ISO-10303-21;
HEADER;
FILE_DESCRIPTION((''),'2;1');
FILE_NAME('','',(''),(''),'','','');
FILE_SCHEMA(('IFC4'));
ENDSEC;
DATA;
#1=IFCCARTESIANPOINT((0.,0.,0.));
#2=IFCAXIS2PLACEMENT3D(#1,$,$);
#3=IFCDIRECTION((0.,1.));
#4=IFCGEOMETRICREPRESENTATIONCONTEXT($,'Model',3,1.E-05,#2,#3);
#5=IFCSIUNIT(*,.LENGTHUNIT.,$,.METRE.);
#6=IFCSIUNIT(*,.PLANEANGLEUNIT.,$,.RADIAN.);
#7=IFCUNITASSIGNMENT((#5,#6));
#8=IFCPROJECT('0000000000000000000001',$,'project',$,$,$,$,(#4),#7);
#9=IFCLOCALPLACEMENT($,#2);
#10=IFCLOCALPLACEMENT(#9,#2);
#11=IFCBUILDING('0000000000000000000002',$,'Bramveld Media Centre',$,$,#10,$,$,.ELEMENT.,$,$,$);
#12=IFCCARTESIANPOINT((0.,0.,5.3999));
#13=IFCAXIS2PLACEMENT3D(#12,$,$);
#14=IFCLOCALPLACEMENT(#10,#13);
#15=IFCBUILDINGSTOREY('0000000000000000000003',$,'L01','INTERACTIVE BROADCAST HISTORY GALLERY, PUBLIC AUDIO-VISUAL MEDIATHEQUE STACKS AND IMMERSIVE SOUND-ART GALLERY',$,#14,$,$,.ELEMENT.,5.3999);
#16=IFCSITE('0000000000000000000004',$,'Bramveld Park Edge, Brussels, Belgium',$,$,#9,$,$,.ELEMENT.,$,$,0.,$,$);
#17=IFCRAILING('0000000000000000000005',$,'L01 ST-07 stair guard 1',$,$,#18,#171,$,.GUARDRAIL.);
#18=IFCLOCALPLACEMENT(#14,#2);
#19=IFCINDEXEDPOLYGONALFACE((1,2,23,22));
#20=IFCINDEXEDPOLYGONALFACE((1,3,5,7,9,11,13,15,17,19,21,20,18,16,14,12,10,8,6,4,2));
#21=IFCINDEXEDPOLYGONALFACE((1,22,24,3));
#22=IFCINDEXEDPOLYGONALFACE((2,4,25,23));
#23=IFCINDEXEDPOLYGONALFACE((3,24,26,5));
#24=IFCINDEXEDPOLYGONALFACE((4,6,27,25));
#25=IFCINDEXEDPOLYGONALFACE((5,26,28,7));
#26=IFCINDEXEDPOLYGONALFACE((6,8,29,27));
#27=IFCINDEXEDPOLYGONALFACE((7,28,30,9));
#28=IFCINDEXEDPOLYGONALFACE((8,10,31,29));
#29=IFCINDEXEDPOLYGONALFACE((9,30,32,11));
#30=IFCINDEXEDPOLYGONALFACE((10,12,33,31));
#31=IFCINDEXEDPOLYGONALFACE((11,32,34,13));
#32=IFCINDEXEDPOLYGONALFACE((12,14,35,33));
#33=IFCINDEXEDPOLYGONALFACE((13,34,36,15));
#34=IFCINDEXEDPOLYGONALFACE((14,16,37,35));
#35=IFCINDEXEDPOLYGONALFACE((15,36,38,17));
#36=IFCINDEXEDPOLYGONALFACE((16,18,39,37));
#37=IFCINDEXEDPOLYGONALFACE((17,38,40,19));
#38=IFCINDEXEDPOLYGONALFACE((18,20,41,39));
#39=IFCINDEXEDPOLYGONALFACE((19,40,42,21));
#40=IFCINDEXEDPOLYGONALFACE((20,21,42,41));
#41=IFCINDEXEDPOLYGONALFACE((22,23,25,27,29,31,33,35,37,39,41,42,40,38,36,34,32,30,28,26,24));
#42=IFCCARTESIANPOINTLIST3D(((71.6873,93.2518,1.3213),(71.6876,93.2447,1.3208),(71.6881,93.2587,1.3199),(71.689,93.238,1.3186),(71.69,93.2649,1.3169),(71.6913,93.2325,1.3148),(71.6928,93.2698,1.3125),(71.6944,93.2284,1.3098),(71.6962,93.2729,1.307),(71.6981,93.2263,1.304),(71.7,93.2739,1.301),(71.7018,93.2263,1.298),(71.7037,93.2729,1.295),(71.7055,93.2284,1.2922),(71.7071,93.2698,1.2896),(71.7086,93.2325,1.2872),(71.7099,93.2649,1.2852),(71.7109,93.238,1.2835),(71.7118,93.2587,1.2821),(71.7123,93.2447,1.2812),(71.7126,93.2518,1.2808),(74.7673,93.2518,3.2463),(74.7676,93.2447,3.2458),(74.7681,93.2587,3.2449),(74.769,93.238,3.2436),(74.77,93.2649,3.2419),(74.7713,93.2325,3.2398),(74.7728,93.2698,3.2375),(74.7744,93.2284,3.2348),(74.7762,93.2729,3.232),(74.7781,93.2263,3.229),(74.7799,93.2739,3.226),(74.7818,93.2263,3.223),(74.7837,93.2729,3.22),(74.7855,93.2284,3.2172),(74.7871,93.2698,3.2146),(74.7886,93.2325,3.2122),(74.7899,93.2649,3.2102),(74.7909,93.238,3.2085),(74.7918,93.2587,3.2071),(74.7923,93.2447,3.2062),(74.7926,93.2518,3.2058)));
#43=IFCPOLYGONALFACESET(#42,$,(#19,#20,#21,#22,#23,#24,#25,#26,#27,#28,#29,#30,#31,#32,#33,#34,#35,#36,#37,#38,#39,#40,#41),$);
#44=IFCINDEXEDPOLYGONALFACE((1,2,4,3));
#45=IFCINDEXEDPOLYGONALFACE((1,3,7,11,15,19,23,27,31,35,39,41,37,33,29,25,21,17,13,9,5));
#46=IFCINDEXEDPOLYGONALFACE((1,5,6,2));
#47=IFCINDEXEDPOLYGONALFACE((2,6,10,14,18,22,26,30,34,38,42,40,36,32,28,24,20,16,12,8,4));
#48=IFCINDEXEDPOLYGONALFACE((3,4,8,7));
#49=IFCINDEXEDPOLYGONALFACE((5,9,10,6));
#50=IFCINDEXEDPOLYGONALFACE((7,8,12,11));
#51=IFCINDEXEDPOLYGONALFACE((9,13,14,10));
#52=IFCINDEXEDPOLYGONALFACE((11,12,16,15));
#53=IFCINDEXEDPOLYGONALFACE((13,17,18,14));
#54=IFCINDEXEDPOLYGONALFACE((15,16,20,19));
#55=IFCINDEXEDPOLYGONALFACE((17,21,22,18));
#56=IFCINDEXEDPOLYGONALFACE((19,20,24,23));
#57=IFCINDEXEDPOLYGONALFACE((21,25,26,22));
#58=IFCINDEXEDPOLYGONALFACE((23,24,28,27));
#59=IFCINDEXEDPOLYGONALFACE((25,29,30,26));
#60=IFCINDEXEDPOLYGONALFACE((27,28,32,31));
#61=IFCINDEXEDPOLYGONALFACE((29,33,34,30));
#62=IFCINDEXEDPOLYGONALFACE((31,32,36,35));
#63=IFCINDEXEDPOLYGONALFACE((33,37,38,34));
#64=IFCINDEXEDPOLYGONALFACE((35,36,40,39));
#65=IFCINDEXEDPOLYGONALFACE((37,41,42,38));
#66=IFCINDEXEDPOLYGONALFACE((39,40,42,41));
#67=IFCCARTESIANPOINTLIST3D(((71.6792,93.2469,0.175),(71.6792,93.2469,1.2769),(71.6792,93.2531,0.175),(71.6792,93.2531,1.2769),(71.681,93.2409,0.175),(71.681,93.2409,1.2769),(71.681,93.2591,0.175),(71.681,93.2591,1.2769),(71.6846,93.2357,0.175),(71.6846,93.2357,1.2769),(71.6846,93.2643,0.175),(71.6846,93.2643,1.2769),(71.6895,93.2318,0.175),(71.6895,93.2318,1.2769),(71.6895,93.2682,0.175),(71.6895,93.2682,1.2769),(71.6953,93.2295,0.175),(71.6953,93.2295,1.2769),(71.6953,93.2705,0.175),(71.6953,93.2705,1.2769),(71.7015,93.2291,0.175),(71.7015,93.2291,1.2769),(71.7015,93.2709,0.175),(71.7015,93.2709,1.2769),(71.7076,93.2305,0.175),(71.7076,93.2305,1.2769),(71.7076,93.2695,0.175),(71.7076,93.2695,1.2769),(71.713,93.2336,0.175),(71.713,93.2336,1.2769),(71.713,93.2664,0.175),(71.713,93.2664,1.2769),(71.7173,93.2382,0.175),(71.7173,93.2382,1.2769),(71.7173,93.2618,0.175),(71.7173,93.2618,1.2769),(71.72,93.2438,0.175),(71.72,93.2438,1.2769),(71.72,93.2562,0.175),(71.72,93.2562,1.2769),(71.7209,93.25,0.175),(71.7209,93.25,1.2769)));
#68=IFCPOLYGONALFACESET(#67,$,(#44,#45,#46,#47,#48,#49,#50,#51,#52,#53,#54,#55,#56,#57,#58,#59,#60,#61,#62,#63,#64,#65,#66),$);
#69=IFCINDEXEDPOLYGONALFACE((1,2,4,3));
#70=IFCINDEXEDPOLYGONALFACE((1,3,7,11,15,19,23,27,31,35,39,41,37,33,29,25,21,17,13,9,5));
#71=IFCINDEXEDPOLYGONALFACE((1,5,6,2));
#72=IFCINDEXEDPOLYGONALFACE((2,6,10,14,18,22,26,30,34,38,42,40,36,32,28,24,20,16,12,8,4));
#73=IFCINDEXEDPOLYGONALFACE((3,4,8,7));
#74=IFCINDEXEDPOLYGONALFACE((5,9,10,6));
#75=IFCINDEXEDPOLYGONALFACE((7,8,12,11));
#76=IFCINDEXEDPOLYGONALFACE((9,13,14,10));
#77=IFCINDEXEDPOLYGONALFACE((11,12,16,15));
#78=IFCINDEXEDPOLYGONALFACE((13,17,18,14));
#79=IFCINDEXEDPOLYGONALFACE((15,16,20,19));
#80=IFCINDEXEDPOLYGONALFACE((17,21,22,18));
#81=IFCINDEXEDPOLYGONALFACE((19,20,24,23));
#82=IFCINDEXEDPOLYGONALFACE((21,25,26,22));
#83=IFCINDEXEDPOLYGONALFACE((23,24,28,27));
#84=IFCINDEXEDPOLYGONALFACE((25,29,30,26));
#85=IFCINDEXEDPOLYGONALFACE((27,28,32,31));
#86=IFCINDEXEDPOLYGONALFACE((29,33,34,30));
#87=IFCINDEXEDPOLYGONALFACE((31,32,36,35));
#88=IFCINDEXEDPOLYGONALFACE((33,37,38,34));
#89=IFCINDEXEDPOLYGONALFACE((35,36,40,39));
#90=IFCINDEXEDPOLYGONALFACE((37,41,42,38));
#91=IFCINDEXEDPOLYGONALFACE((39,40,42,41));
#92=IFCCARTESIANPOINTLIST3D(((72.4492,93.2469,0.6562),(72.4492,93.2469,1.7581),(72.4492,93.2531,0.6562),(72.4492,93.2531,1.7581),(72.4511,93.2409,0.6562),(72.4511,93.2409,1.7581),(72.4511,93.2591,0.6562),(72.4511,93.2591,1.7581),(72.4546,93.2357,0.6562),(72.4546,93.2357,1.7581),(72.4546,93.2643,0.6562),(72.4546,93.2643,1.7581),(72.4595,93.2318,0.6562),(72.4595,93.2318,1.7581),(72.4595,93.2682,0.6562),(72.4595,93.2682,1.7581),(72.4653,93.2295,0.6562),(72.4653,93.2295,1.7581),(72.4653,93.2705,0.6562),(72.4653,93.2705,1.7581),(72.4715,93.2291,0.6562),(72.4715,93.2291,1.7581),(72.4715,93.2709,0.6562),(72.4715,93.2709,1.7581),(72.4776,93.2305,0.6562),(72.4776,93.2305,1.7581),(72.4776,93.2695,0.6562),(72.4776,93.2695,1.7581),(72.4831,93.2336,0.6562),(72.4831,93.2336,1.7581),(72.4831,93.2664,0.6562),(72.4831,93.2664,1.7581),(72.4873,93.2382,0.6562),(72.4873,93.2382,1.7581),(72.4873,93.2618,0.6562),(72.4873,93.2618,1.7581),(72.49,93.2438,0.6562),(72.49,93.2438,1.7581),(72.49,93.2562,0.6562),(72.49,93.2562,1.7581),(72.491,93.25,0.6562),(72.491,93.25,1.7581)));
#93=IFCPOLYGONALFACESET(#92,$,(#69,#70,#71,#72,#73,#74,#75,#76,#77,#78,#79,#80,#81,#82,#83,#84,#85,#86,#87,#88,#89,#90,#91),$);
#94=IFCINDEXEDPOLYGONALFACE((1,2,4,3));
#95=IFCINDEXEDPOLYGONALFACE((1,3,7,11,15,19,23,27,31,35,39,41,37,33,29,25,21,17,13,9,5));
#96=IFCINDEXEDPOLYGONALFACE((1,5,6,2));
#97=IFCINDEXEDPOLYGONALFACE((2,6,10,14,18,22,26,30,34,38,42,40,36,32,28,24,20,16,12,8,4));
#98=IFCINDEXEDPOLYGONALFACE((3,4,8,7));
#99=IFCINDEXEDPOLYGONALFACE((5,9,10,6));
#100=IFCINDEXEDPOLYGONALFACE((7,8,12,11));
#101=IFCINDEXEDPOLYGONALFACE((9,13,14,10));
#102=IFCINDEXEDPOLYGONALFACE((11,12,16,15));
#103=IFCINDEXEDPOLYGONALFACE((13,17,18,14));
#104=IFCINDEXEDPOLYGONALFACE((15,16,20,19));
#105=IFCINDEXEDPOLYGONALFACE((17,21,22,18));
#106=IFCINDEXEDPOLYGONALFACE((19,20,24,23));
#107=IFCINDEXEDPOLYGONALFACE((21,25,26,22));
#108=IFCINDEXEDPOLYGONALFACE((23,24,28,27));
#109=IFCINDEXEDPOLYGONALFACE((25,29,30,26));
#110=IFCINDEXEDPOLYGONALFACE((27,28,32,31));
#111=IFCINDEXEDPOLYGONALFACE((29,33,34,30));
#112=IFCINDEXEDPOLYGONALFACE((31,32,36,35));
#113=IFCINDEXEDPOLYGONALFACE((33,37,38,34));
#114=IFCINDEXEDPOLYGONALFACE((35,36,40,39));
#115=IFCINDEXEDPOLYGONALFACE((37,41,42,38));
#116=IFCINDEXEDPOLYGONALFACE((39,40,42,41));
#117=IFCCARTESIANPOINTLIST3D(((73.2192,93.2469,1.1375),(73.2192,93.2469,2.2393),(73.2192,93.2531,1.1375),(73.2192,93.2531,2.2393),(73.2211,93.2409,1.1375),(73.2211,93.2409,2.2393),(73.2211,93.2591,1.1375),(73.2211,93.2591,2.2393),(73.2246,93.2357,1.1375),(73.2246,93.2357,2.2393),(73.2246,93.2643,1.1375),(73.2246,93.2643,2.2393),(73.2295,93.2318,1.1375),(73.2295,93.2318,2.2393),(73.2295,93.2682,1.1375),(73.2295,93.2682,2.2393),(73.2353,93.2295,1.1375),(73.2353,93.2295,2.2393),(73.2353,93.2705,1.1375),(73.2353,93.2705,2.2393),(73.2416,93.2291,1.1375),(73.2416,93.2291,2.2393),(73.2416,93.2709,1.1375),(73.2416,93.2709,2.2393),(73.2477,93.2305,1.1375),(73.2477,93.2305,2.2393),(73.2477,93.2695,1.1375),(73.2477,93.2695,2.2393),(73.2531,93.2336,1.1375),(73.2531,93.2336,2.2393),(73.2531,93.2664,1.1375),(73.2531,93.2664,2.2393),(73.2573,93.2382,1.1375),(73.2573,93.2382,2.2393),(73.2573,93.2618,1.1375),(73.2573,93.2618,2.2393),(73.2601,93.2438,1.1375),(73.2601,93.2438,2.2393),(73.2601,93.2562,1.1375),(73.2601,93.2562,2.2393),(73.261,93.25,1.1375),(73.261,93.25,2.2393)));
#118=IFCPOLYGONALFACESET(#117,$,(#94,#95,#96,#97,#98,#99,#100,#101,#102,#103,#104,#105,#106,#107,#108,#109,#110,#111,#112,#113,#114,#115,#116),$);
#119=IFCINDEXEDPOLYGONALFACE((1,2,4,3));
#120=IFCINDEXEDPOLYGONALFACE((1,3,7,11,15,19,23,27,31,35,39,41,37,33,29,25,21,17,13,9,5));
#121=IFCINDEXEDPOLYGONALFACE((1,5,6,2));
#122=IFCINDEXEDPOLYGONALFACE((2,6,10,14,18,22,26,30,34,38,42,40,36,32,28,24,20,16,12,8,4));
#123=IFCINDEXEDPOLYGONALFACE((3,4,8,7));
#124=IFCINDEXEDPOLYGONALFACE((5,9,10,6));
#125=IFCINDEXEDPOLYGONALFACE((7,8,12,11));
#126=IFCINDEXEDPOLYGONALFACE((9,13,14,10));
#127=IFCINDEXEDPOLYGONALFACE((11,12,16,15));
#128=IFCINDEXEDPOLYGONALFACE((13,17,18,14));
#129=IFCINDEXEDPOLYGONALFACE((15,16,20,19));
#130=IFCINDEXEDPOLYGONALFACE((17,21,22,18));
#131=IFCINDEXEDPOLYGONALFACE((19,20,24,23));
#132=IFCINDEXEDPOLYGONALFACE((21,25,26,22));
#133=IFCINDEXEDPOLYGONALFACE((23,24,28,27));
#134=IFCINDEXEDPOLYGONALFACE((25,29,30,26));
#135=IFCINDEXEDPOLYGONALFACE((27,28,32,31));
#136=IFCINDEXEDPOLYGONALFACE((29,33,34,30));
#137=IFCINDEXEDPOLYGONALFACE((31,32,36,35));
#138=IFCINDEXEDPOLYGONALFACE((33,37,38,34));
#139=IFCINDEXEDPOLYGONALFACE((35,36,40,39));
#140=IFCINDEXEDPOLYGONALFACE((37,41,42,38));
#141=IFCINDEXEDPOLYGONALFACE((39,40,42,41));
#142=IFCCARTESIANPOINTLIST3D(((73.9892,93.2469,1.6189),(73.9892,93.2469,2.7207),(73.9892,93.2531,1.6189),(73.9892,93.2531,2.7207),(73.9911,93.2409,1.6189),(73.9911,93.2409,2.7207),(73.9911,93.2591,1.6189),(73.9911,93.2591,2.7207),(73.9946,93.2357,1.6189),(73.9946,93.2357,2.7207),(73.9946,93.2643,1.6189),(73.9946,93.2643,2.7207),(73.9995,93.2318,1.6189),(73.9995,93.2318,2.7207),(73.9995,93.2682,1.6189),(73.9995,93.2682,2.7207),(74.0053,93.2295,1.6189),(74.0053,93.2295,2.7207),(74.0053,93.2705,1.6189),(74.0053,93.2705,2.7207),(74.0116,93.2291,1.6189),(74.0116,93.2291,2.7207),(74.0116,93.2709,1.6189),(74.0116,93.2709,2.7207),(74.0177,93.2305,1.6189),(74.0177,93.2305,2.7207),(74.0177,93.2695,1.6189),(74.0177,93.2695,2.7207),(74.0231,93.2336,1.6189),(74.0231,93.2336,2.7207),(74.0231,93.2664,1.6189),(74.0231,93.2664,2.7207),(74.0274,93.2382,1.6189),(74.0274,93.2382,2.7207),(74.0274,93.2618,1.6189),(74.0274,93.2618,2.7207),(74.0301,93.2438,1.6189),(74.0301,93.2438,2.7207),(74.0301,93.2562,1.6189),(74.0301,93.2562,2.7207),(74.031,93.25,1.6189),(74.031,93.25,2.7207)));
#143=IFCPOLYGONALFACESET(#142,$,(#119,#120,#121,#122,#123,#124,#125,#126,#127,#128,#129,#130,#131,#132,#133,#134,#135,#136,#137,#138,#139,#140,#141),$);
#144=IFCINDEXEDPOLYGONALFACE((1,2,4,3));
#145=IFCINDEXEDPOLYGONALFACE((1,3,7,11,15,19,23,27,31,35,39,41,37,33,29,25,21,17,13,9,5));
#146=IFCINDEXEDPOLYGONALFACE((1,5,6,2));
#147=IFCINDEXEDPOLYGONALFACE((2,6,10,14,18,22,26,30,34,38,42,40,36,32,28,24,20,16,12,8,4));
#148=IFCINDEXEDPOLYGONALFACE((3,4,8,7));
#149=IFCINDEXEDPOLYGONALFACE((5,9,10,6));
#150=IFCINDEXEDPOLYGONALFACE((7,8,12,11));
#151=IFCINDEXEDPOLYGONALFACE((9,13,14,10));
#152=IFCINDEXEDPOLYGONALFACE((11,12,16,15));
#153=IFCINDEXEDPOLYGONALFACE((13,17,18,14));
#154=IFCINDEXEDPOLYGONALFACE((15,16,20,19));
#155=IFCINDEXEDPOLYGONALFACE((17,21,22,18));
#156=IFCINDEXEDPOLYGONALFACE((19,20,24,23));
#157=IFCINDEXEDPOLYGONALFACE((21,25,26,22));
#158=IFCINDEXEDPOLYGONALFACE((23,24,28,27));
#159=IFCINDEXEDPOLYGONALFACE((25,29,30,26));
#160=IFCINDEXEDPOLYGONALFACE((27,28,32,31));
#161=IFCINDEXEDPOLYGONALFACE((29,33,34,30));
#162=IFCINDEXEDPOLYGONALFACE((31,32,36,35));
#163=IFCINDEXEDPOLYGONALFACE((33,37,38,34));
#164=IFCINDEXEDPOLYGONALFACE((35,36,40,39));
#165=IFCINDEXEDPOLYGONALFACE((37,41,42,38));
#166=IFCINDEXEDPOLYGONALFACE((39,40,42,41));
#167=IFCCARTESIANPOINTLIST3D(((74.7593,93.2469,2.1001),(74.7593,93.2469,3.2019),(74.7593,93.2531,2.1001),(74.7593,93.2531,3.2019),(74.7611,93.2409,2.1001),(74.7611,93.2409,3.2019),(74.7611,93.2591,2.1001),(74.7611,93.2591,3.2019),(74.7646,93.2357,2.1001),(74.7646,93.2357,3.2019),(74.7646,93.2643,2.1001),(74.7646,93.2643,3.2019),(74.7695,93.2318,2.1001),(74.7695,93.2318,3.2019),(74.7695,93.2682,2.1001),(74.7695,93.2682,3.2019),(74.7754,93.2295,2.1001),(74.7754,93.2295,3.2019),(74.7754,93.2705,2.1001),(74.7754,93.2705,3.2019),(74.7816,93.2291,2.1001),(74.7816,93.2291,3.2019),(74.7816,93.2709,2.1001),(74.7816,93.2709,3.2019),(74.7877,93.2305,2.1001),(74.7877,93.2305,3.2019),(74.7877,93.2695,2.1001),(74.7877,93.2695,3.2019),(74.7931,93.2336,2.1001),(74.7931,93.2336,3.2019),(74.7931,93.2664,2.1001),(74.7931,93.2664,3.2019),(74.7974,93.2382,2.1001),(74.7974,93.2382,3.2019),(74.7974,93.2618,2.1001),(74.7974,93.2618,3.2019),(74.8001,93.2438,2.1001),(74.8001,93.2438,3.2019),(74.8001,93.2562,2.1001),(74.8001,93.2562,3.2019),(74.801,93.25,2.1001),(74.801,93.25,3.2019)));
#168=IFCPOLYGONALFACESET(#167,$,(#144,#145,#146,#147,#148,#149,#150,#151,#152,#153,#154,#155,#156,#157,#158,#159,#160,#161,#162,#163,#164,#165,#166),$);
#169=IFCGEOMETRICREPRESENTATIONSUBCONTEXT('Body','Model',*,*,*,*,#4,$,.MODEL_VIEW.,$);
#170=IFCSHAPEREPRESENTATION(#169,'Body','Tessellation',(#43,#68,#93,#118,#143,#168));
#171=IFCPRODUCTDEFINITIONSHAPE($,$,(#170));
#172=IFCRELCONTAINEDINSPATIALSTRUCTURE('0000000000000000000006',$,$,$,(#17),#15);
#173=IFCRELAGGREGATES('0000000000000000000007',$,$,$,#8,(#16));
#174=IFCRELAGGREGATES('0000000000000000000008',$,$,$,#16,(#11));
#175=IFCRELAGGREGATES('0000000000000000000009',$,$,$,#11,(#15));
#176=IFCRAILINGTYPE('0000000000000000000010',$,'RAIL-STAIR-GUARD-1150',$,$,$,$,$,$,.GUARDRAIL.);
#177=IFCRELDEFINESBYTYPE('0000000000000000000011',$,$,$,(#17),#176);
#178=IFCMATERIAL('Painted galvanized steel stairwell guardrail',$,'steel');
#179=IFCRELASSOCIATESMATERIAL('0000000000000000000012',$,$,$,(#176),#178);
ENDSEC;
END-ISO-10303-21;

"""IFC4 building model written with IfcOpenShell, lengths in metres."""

from ifc_helpers import new_model, si_unit, direction, frame, origin, origin_2d, place, context, subcontext, project, spatial, circle, extrude, material, type_object, element, save


model = new_model("IFC4")

# Units and contexts
model_context = context("Model", 3, precision=1e-05, world=origin(), true_north=direction((0.0, 1.0)))
body_context = subcontext(model_context, "Body", "Model", "MODEL_VIEW")
ifc_project = project(units=[si_unit("LENGTHUNIT", "METRE"), si_unit("PLANEANGLEUNIT", "RADIAN")], contexts=[model_context])

# Site, building, storey
site_placement = place(None, origin())
site = spatial("IfcSite", under=ifc_project, at=site_placement, Name="Bramveld Park Edge, Brussels, Belgium", CompositionType="ELEMENT", RefElevation=0.0)
building_placement = place(site_placement, origin())
building = spatial("IfcBuilding", under=site, at=building_placement, Name="Bramveld Media Centre", CompositionType="ELEMENT")
storey_placement = place(building_placement, frame((0.0, 0.0, 5.3999)))
storey = spatial("IfcBuildingStorey", under=building, at=storey_placement, Name="L01", Description="INTERACTIVE BROADCAST HISTORY GALLERY, PUBLIC AUDIO-VISUAL MEDIATHEQUE STACKS AND IMMERSIVE SOUND-ART GALLERY", CompositionType="ELEMENT", Elevation=5.3999)

# Railing
ifc_material_1 = material(Name="Painted galvanized steel stairwell guardrail", Category="steel")
railing_type_1 = type_object("IfcRailingType", Name="RAIL-STAIR-GUARD-1150", PredefinedType="GUARDRAIL", material=ifc_material_1)
railing_1_placement = place(storey_placement, frame((71.7, 93.25, 0.175)))
element("IfcRailing", 1, at=railing_1_placement, inside=storey, type_object=railing_type_1, Name="L01 ST-07 stair guard 1", PredefinedType="GUARDRAIL", context=body_context, shape_type="SweptSolid", body=[
    extrude(circle(Radius=0.0239, at=origin_2d()), frame((0.0, 0.0, 1.126), z_axis=(0.847998, 0.0, 0.529999), x_axis=(0.0, 1.0, 0.0)), (0.0, 0.0, 1.0), 3.6321),
    extrude(circle(Radius=0.021, at=origin_2d()), origin(), (0.0, 0.0, 1.0), 1.1018),
    extrude(circle(Radius=0.021, at=origin_2d()), frame((0.77, 0.0, 0.4812)), (0.0, 0.0, 1.0), 1.1018),
    extrude(circle(Radius=0.021, at=origin_2d()), frame((1.54, 0.0, 0.9624)), (0.0, 0.0, 1.0), 1.1018),
    extrude(circle(Radius=0.021, at=origin_2d()), frame((2.3101, 0.0, 1.4438)), (0.0, 0.0, 1.0), 1.1018),
    extrude(circle(Radius=0.021, at=origin_2d()), frame((3.0801, 0.0, 1.925)), (0.0, 0.0, 1.0), 1.1018),
])

save(model, "model.ifc")
